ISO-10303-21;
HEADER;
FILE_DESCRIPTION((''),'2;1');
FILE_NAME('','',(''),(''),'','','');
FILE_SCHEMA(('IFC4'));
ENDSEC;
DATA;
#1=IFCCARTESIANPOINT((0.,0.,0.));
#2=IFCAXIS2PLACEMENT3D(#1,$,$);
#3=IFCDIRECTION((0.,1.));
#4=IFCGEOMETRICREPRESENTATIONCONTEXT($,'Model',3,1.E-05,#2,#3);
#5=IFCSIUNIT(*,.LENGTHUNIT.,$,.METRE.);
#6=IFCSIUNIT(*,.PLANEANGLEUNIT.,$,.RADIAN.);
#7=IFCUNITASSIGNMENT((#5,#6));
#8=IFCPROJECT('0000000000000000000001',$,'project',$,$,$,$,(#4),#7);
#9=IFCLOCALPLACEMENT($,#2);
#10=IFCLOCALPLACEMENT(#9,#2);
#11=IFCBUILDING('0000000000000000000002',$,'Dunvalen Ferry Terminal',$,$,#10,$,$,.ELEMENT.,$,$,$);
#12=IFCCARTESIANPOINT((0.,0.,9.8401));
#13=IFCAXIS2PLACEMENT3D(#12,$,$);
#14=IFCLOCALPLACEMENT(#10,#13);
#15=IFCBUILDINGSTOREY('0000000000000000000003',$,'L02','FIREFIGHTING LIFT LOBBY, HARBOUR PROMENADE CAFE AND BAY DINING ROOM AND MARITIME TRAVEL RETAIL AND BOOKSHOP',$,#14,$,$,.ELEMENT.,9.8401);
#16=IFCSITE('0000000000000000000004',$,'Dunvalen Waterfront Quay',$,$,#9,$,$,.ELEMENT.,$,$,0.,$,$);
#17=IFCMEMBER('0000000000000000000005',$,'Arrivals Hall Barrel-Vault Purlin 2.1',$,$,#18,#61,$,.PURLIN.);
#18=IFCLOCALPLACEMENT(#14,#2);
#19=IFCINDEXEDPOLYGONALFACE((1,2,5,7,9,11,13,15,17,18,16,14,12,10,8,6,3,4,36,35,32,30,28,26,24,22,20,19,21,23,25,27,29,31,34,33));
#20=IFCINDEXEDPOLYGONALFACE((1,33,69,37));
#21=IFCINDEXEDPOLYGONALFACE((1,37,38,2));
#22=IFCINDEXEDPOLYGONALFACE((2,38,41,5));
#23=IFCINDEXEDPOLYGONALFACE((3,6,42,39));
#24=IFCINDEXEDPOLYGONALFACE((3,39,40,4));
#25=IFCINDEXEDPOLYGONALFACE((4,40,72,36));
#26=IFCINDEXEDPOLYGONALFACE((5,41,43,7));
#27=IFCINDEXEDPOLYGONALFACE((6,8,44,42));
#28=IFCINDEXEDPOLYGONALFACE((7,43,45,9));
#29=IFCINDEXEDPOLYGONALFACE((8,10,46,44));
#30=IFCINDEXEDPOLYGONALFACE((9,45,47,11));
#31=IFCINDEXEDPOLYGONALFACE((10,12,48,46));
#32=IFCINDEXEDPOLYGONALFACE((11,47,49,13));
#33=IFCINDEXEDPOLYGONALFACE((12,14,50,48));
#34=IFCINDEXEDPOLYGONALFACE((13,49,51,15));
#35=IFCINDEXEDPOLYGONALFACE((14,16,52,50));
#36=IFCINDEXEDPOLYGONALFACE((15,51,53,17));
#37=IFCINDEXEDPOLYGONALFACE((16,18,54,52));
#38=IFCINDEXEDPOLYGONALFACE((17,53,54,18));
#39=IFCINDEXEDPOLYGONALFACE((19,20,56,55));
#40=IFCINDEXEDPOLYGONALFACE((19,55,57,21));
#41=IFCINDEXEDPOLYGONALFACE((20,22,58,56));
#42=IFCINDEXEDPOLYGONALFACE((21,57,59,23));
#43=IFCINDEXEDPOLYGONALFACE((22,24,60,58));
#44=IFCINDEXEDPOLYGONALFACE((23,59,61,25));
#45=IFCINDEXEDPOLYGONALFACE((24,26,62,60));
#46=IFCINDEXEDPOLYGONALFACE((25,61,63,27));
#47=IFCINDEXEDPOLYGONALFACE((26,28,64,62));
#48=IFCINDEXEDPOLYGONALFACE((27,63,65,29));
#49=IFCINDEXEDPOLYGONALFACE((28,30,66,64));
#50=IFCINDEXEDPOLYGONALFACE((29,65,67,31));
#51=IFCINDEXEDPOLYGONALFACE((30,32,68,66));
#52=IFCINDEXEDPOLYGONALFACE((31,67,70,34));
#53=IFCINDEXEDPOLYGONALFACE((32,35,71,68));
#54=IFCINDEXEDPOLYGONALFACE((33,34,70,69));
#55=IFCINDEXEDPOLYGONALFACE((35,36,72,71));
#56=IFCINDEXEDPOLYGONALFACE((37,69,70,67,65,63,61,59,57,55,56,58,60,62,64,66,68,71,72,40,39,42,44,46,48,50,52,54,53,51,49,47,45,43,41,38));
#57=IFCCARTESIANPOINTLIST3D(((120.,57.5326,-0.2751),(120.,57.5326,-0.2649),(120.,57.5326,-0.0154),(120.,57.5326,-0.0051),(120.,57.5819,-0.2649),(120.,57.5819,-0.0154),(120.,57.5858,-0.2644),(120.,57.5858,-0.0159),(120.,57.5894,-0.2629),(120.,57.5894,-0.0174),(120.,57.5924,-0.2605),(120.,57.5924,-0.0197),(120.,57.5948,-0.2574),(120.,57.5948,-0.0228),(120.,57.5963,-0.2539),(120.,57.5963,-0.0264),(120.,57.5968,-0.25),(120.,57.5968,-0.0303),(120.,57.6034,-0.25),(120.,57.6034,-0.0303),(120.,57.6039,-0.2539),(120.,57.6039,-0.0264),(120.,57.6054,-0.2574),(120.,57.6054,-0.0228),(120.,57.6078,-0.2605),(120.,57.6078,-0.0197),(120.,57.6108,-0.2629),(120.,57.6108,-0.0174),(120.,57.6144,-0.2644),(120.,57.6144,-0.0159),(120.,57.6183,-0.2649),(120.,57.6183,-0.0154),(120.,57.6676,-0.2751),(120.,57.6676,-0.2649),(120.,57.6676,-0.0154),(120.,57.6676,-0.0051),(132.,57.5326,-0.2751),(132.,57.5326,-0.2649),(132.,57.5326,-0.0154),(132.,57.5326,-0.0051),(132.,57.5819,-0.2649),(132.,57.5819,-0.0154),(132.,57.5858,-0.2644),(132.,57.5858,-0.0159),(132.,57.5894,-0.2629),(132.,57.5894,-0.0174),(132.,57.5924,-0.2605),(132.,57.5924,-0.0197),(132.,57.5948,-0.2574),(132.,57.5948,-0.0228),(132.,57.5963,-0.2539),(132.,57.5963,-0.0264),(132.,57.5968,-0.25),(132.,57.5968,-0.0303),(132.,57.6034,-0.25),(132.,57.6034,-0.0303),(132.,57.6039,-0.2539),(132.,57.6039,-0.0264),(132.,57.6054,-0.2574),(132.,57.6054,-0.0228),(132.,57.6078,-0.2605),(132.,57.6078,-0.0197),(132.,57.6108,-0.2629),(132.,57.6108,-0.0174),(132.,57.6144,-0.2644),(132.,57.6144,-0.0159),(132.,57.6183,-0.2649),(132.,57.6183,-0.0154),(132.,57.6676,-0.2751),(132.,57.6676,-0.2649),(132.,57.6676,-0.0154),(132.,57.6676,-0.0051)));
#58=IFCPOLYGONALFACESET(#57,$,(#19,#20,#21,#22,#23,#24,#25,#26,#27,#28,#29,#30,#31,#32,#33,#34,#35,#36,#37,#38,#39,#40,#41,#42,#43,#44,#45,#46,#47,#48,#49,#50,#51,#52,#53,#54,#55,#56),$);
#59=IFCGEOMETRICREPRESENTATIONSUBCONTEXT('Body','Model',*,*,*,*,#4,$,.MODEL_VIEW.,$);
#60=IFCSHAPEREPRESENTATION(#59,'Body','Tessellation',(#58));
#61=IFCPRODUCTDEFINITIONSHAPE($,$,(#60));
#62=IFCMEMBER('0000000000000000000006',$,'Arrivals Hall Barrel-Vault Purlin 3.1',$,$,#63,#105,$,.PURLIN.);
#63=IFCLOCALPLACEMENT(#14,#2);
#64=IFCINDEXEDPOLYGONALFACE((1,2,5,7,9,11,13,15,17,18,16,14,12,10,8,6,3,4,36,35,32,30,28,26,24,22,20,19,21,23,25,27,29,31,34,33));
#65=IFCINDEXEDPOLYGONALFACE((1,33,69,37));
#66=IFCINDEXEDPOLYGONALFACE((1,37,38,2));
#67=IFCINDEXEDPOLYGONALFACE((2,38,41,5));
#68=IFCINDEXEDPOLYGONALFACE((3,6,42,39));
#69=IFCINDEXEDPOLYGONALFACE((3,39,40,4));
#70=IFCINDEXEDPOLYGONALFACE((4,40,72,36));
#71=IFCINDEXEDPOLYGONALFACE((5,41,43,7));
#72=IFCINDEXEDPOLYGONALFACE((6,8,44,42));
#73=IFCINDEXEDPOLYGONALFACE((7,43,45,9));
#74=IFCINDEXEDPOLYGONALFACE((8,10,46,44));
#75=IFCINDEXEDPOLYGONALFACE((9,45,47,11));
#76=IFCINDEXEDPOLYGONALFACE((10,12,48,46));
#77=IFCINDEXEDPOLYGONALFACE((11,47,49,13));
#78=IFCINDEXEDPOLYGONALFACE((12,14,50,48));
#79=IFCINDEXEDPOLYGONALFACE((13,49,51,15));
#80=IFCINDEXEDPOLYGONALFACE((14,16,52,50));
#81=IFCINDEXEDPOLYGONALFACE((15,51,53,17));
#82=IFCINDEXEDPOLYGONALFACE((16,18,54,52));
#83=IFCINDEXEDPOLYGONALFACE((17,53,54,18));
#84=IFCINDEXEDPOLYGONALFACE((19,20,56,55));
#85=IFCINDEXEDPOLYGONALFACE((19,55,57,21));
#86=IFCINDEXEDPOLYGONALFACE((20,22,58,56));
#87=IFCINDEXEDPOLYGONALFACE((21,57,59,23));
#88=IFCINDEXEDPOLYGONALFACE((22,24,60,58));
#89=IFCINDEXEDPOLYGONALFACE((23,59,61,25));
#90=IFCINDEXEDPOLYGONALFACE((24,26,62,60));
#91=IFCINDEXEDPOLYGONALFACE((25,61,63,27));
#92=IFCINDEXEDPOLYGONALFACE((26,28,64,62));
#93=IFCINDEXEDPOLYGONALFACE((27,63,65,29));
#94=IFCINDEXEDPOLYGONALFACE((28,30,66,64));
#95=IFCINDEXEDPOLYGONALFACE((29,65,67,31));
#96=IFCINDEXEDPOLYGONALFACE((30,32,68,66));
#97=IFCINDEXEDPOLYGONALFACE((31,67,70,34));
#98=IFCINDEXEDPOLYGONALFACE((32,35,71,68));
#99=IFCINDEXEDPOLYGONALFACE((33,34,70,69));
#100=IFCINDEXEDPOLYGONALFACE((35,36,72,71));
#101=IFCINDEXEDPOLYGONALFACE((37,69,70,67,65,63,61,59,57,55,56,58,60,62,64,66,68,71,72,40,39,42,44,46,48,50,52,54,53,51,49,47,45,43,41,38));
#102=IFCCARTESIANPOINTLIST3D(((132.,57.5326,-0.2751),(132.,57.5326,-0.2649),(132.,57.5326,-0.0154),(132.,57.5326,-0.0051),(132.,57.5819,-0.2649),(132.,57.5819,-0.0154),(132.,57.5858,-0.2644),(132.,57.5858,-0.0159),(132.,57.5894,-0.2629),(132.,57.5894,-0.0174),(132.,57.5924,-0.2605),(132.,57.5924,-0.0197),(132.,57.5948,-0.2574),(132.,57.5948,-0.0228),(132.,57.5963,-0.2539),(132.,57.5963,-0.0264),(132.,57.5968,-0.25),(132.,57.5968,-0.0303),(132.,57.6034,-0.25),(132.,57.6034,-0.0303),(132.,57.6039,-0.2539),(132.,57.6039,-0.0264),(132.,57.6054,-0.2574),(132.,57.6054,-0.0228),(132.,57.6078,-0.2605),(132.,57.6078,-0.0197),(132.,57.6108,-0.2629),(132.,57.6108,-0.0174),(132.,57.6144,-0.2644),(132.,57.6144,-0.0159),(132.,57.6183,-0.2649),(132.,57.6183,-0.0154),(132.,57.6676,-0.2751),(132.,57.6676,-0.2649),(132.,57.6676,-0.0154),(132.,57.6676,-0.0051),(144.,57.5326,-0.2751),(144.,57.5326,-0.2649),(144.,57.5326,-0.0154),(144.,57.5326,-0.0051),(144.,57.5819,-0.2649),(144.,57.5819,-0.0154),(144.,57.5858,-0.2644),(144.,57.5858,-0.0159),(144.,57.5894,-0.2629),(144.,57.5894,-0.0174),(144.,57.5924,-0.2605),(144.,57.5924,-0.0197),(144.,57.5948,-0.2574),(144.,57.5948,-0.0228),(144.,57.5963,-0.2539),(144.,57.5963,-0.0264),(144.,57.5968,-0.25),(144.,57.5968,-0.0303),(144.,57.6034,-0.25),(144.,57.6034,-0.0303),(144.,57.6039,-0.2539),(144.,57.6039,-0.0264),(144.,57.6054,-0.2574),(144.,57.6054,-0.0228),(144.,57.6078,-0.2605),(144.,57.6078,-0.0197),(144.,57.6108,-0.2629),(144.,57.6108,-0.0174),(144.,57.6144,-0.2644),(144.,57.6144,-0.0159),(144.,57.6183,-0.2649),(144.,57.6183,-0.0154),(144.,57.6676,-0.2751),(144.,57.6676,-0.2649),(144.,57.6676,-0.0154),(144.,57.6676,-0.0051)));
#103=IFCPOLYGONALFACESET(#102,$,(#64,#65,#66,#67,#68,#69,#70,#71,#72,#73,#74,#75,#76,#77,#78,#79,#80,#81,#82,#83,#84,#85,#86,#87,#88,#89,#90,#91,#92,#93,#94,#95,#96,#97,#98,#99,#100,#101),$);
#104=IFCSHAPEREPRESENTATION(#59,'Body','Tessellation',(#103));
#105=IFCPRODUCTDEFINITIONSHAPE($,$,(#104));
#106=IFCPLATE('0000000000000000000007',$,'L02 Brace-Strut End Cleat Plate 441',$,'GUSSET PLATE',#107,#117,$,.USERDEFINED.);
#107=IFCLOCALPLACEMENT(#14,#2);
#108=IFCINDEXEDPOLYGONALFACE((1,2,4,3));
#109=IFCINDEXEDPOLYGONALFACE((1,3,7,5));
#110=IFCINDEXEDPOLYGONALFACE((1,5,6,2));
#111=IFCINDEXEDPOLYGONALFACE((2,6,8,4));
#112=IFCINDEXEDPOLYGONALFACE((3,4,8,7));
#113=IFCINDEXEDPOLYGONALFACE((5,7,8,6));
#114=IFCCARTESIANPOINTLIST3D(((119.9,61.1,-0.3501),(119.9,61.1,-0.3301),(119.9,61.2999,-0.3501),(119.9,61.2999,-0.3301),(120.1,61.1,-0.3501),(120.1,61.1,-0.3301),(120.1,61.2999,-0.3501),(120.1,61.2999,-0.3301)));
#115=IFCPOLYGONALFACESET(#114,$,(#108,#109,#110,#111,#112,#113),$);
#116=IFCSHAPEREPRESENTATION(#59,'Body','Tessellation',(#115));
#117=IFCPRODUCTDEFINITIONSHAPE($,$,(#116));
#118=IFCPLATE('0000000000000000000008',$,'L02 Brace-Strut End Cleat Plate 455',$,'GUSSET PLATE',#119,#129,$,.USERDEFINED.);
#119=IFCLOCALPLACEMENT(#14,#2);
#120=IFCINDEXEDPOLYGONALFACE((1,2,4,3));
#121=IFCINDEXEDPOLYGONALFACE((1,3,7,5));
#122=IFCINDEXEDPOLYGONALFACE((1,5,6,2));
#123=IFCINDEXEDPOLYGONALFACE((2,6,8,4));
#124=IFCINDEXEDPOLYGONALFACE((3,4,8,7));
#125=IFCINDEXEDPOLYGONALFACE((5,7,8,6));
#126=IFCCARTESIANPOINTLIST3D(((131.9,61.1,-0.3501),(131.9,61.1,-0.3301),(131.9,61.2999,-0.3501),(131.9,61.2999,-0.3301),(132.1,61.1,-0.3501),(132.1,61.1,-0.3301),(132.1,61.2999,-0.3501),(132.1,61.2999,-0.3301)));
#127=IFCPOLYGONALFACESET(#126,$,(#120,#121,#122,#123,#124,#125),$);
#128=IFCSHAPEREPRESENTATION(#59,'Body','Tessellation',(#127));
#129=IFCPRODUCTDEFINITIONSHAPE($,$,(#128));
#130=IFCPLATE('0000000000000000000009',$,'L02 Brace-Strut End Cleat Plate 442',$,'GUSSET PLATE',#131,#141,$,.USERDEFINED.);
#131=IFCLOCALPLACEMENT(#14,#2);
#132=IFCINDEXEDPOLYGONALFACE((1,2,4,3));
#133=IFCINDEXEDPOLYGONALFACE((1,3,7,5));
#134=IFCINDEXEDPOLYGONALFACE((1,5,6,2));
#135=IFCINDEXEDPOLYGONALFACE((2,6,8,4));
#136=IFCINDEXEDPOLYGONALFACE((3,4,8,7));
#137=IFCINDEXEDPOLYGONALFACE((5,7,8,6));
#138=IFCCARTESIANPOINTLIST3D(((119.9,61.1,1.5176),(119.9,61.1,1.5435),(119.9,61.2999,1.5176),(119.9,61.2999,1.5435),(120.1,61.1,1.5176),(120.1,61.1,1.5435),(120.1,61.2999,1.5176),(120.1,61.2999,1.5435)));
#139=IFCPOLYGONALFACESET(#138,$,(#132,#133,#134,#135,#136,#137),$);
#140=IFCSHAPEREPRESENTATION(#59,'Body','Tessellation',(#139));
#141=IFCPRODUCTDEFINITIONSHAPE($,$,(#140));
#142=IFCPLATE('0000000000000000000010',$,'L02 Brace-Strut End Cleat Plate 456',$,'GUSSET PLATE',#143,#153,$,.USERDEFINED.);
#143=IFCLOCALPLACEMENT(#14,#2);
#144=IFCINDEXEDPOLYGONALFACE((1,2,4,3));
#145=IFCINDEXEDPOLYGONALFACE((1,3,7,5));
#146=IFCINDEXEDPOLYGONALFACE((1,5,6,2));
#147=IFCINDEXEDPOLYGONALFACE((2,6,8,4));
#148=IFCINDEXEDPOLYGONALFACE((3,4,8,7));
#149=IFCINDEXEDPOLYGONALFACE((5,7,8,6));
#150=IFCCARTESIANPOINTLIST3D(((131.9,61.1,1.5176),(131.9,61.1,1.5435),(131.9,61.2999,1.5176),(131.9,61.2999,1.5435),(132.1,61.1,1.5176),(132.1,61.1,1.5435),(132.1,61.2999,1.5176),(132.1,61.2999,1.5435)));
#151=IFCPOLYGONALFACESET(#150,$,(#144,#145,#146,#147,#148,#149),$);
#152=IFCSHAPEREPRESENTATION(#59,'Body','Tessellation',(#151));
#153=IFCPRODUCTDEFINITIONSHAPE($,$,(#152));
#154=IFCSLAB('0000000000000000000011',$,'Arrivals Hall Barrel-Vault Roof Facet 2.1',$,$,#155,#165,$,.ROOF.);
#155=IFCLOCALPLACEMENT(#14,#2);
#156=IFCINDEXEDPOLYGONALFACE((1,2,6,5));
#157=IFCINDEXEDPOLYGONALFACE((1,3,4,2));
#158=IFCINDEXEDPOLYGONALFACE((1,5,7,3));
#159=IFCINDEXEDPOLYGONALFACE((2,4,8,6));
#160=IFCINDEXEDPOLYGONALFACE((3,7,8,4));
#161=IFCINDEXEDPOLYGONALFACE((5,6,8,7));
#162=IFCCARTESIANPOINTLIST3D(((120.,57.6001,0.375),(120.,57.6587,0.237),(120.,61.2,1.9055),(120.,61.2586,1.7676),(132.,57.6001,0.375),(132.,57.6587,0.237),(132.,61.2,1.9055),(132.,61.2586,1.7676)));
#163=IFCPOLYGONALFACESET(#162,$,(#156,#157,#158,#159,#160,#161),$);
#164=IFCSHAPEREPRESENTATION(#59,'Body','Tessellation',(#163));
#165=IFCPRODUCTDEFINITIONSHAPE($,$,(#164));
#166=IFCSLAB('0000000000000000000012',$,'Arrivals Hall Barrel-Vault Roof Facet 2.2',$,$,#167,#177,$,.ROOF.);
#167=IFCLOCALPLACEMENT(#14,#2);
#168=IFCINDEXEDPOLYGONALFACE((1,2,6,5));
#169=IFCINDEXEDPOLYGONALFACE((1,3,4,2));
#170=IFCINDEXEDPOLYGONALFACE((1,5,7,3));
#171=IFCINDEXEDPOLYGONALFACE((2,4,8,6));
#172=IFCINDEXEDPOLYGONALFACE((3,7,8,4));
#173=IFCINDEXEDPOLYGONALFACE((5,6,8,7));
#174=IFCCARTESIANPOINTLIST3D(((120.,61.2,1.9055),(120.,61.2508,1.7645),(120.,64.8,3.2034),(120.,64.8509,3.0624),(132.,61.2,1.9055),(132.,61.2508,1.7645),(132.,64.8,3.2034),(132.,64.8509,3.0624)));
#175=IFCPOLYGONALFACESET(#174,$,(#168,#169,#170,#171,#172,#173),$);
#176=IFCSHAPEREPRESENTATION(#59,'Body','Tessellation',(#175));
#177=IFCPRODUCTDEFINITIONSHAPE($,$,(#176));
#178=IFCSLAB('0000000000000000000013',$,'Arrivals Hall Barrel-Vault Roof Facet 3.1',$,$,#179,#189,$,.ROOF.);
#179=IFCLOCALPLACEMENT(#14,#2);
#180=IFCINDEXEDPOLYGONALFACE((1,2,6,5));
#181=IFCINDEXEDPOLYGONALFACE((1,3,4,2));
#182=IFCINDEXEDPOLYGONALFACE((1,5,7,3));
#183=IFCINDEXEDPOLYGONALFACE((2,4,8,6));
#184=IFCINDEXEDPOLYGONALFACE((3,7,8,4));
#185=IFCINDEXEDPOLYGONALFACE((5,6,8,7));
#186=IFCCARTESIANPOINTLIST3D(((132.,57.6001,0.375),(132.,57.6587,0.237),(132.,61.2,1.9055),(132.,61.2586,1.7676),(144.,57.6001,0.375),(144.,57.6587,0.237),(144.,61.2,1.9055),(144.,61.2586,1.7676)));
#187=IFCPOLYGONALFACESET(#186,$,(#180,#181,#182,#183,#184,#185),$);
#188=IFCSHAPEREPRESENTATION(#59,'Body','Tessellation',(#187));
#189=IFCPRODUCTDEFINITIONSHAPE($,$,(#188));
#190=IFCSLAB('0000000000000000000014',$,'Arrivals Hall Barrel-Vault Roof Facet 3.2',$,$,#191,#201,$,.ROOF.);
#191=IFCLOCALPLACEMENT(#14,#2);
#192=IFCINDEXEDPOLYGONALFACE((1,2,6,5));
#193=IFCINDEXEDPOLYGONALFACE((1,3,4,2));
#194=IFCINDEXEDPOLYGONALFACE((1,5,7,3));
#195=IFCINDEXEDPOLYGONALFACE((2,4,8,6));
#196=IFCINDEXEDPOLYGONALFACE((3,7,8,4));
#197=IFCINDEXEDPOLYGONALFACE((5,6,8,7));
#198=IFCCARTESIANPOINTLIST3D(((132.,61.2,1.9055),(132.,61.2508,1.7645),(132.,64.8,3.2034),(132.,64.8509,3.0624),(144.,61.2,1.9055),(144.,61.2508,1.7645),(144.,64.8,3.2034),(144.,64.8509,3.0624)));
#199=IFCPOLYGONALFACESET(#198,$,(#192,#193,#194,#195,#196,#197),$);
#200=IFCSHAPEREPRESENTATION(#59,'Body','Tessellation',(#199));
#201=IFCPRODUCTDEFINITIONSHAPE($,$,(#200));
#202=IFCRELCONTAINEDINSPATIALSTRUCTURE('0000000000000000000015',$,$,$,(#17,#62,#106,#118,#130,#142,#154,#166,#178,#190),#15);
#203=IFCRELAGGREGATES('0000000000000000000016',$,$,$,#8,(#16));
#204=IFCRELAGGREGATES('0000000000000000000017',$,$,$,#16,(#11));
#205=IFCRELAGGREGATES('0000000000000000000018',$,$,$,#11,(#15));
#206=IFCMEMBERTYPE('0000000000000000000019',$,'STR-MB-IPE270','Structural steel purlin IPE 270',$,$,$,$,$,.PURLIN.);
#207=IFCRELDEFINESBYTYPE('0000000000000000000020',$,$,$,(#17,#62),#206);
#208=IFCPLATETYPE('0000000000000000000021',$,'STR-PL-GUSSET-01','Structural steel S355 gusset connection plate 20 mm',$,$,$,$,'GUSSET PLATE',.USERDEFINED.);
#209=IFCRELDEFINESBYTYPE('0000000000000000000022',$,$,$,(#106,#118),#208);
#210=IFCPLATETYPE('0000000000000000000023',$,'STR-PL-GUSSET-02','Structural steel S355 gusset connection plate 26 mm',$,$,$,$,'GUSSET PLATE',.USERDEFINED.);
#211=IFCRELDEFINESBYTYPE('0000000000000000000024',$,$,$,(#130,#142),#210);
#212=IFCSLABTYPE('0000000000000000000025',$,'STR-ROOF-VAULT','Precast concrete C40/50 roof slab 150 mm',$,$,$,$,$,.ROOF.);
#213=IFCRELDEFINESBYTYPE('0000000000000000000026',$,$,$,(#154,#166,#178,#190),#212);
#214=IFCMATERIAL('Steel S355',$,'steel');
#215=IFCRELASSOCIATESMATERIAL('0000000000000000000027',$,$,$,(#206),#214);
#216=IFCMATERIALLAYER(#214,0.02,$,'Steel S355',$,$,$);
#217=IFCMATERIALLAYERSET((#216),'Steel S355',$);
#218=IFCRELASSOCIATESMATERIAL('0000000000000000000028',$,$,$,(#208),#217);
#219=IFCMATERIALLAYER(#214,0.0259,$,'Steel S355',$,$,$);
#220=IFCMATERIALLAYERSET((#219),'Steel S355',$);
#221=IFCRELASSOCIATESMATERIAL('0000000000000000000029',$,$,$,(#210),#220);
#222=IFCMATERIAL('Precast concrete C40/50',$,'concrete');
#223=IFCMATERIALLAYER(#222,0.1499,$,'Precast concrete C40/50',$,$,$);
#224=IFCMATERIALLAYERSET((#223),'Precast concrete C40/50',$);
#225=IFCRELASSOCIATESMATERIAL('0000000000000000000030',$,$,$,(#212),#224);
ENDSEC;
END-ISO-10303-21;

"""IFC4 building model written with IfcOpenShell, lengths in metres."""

from ifc_helpers import new_model, si_unit, direction, frame, origin, origin_2d, place, context, subcontext, project, spatial, polyline, rectangle, i_section, outline, extrude, material, layer, layer_set, material_profile, profile_set, type_object, element, save


model = new_model("IFC4")

# Units and contexts
model_context = context("Model", 3, precision=1e-05, world=origin(), true_north=direction((0.0, 1.0)))
body_context = subcontext(model_context, "Body", "Model", "MODEL_VIEW")
ifc_project = project(units=[si_unit("LENGTHUNIT", "METRE"), si_unit("PLANEANGLEUNIT", "RADIAN")], contexts=[model_context])

# Site, building, storey
site_placement = place(None, origin())
site = spatial("IfcSite", under=ifc_project, at=site_placement, Name="Dunvalen Waterfront Quay", CompositionType="ELEMENT", RefElevation=0.0)
building_placement = place(site_placement, origin())
building = spatial("IfcBuilding", under=site, at=building_placement, Name="Dunvalen Ferry Terminal", CompositionType="ELEMENT")
storey_placement = place(building_placement, frame((0.0, 0.0, 9.8401)))
storey = spatial("IfcBuildingStorey", under=building, at=storey_placement, Name="L02", Description="FIREFIGHTING LIFT LOBBY, HARBOUR PROMENADE CAFE AND BAY DINING ROOM AND MARITIME TRAVEL RETAIL AND BOOKSHOP", CompositionType="ELEMENT", Elevation=9.8401)

# Shared definitions
ifc_material_1 = material(Name="Steel S355", Category="steel")

# Members
ifc_material_profile_1 = material_profile(ifc_material_1, i_section(OverallWidth=0.135, OverallDepth=0.27, WebThickness=0.0066, FlangeThickness=0.0103, FilletRadius=0.0149, at=origin_2d()), Name="Steel S355")
ifc_profile_set_1 = profile_set([ifc_material_profile_1], Name="Steel S355")
member_type_1 = type_object("IfcMemberType", Name="STR-MB-IPE270", Description="Structural steel purlin IPE 270", PredefinedType="PURLIN", material=ifc_profile_set_1)
for number, where, z_axis, x_axis, name in (
    (1, (120.0, 57.6001, -0.1401), (1.0, 0.0, 0.0), (0.0, 1.0, 0.0), "Arrivals Hall Barrel-Vault Purlin 2.1"),
    (2, (132.0, 57.6001, -0.1401), (1.0, 0.0, 0.0), (0.0, 1.0, 0.0), "Arrivals Hall Barrel-Vault Purlin 3.1"),
):
    element("IfcMember", number, at=place(storey_placement, frame(where, z_axis=z_axis, x_axis=x_axis)), inside=storey, type_object=member_type_1, Name=name, PredefinedType="PURLIN", context=body_context, shape_type="SweptSolid", body=[
        extrude(i_section(OverallWidth=0.135, OverallDepth=0.27, WebThickness=0.0066, FlangeThickness=0.0103, FilletRadius=0.0149, at=origin_2d()), origin(), (0.0, 0.0, 1.0), 12.0),
    ])

# Plates
ifc_layer_1 = layer(ifc_material_1, 0.02, Name="Steel S355")
ifc_layer_set_1 = layer_set([ifc_layer_1], Name="Steel S355")
plate_type_1 = type_object("IfcPlateType", Name="STR-PL-GUSSET-01", Description="Structural steel S355 gusset connection plate 20 mm", ElementType="GUSSET PLATE", PredefinedType="USERDEFINED", material=ifc_layer_set_1)
for number, where, z_axis, x_axis, name in (
    (3, (120.0, 61.2, -0.3501), (0.0, 0.0, 1.0), (1.0, 0.0, 0.0), "L02 Brace-Strut End Cleat Plate 441"),
    (4, (132.0, 61.2, -0.3501), (0.0, 0.0, 1.0), (1.0, 0.0, 0.0), "L02 Brace-Strut End Cleat Plate 455"),
):
    element("IfcPlate", number, at=place(storey_placement, frame(where, z_axis=z_axis, x_axis=x_axis)), inside=storey, type_object=plate_type_1, Name=name, ObjectType="GUSSET PLATE", PredefinedType="USERDEFINED", context=body_context, shape_type="SweptSolid", body=[
        extrude(rectangle(XDim=0.2, YDim=0.2, at=origin_2d()), origin(), (0.0, 0.0, 1.0), 0.02),
    ])
ifc_layer_2 = layer(ifc_material_1, 0.0259, Name="Steel S355")
ifc_layer_set_2 = layer_set([ifc_layer_2], Name="Steel S355")
plate_type_2 = type_object("IfcPlateType", Name="STR-PL-GUSSET-02", Description="Structural steel S355 gusset connection plate 26 mm", ElementType="GUSSET PLATE", PredefinedType="USERDEFINED", material=ifc_layer_set_2)
for number, where, z_axis, x_axis, name in (
    (5, (120.0, 61.2, 1.5176), (0.0, 0.0, 1.0), (1.0, 0.0, 0.0), "L02 Brace-Strut End Cleat Plate 442"),
    (6, (132.0, 61.2, 1.5176), (0.0, 0.0, 1.0), (1.0, 0.0, 0.0), "L02 Brace-Strut End Cleat Plate 456"),
):
    element("IfcPlate", number, at=place(storey_placement, frame(where, z_axis=z_axis, x_axis=x_axis)), inside=storey, type_object=plate_type_2, Name=name, ObjectType="GUSSET PLATE", PredefinedType="USERDEFINED", context=body_context, shape_type="SweptSolid", body=[
        extrude(rectangle(XDim=0.2, YDim=0.2, at=origin_2d()), origin(), (0.0, 0.0, 1.0), 0.0259),
    ])

# Slabs
ifc_material_2 = material(Name="Precast concrete C40/50", Category="concrete")
ifc_layer_3 = layer(ifc_material_2, 0.1499, Name="Precast concrete C40/50")
ifc_layer_set_3 = layer_set([ifc_layer_3], Name="Precast concrete C40/50")
slab_type = type_object("IfcSlabType", Name="STR-ROOF-VAULT", Description="Precast concrete C40/50 roof slab 150 mm", PredefinedType="ROOF", material=ifc_layer_set_3)
slab_1_placement = place(storey_placement, frame((120.0, 57.6001, 0.375), z_axis=(0.0, -0.391266, 0.920278), x_axis=(1.0, 0.0, 0.0)))
element("IfcSlab", 7, at=slab_1_placement, inside=storey, type_object=slab_type, Name="Arrivals Hall Barrel-Vault Roof Facet 2.1", PredefinedType="ROOF", context=body_context, shape_type="SweptSolid", body=[
    extrude(outline(polyline([(0.0, 0.0), (12.0, 0.0), (12.0, 3.9117), (0.0, 3.9117), (0.0, 0.0)])), origin(), (0.0, 0.0, -1.0), 0.1499),
])
slab_2_placement = place(storey_placement, frame((120.0, 61.2, 1.9055), z_axis=(0.0, -0.33914, 0.940736), x_axis=(1.0, 0.0, 0.0)))
element("IfcSlab", 8, at=slab_2_placement, inside=storey, type_object=slab_type, Name="Arrivals Hall Barrel-Vault Roof Facet 2.2", PredefinedType="ROOF", context=body_context, shape_type="SweptSolid", body=[
    extrude(outline(polyline([(0.0, 0.0), (12.0, 0.0), (12.0, 3.8269), (0.0, 3.8269), (0.0, 0.0)])), origin(), (0.0, 0.0, -1.0), 0.1499),
])
slab_3_placement = place(storey_placement, frame((132.0, 57.6001, 0.375), z_axis=(0.0, -0.391266, 0.920278), x_axis=(1.0, 0.0, 0.0)))
element("IfcSlab", 9, at=slab_3_placement, inside=storey, type_object=slab_type, Name="Arrivals Hall Barrel-Vault Roof Facet 3.1", PredefinedType="ROOF", context=body_context, shape_type="SweptSolid", body=[
    extrude(outline(polyline([(0.0, 0.0), (12.0, 0.0), (12.0, 3.9117), (0.0, 3.9117), (0.0, 0.0)])), origin(), (0.0, 0.0, -1.0), 0.1499),
])
slab_4_placement = place(storey_placement, frame((132.0, 61.2, 1.9055), z_axis=(0.0, -0.33914, 0.940736), x_axis=(1.0, 0.0, 0.0)))
element("IfcSlab", 10, at=slab_4_placement, inside=storey, type_object=slab_type, Name="Arrivals Hall Barrel-Vault Roof Facet 3.2", PredefinedType="ROOF", context=body_context, shape_type="SweptSolid", body=[
    extrude(outline(polyline([(0.0, 0.0), (12.0, 0.0), (12.0, 3.8269), (0.0, 3.8269), (0.0, 0.0)])), origin(), (0.0, 0.0, -1.0), 0.1499),
])

save(model, "model.ifc")
